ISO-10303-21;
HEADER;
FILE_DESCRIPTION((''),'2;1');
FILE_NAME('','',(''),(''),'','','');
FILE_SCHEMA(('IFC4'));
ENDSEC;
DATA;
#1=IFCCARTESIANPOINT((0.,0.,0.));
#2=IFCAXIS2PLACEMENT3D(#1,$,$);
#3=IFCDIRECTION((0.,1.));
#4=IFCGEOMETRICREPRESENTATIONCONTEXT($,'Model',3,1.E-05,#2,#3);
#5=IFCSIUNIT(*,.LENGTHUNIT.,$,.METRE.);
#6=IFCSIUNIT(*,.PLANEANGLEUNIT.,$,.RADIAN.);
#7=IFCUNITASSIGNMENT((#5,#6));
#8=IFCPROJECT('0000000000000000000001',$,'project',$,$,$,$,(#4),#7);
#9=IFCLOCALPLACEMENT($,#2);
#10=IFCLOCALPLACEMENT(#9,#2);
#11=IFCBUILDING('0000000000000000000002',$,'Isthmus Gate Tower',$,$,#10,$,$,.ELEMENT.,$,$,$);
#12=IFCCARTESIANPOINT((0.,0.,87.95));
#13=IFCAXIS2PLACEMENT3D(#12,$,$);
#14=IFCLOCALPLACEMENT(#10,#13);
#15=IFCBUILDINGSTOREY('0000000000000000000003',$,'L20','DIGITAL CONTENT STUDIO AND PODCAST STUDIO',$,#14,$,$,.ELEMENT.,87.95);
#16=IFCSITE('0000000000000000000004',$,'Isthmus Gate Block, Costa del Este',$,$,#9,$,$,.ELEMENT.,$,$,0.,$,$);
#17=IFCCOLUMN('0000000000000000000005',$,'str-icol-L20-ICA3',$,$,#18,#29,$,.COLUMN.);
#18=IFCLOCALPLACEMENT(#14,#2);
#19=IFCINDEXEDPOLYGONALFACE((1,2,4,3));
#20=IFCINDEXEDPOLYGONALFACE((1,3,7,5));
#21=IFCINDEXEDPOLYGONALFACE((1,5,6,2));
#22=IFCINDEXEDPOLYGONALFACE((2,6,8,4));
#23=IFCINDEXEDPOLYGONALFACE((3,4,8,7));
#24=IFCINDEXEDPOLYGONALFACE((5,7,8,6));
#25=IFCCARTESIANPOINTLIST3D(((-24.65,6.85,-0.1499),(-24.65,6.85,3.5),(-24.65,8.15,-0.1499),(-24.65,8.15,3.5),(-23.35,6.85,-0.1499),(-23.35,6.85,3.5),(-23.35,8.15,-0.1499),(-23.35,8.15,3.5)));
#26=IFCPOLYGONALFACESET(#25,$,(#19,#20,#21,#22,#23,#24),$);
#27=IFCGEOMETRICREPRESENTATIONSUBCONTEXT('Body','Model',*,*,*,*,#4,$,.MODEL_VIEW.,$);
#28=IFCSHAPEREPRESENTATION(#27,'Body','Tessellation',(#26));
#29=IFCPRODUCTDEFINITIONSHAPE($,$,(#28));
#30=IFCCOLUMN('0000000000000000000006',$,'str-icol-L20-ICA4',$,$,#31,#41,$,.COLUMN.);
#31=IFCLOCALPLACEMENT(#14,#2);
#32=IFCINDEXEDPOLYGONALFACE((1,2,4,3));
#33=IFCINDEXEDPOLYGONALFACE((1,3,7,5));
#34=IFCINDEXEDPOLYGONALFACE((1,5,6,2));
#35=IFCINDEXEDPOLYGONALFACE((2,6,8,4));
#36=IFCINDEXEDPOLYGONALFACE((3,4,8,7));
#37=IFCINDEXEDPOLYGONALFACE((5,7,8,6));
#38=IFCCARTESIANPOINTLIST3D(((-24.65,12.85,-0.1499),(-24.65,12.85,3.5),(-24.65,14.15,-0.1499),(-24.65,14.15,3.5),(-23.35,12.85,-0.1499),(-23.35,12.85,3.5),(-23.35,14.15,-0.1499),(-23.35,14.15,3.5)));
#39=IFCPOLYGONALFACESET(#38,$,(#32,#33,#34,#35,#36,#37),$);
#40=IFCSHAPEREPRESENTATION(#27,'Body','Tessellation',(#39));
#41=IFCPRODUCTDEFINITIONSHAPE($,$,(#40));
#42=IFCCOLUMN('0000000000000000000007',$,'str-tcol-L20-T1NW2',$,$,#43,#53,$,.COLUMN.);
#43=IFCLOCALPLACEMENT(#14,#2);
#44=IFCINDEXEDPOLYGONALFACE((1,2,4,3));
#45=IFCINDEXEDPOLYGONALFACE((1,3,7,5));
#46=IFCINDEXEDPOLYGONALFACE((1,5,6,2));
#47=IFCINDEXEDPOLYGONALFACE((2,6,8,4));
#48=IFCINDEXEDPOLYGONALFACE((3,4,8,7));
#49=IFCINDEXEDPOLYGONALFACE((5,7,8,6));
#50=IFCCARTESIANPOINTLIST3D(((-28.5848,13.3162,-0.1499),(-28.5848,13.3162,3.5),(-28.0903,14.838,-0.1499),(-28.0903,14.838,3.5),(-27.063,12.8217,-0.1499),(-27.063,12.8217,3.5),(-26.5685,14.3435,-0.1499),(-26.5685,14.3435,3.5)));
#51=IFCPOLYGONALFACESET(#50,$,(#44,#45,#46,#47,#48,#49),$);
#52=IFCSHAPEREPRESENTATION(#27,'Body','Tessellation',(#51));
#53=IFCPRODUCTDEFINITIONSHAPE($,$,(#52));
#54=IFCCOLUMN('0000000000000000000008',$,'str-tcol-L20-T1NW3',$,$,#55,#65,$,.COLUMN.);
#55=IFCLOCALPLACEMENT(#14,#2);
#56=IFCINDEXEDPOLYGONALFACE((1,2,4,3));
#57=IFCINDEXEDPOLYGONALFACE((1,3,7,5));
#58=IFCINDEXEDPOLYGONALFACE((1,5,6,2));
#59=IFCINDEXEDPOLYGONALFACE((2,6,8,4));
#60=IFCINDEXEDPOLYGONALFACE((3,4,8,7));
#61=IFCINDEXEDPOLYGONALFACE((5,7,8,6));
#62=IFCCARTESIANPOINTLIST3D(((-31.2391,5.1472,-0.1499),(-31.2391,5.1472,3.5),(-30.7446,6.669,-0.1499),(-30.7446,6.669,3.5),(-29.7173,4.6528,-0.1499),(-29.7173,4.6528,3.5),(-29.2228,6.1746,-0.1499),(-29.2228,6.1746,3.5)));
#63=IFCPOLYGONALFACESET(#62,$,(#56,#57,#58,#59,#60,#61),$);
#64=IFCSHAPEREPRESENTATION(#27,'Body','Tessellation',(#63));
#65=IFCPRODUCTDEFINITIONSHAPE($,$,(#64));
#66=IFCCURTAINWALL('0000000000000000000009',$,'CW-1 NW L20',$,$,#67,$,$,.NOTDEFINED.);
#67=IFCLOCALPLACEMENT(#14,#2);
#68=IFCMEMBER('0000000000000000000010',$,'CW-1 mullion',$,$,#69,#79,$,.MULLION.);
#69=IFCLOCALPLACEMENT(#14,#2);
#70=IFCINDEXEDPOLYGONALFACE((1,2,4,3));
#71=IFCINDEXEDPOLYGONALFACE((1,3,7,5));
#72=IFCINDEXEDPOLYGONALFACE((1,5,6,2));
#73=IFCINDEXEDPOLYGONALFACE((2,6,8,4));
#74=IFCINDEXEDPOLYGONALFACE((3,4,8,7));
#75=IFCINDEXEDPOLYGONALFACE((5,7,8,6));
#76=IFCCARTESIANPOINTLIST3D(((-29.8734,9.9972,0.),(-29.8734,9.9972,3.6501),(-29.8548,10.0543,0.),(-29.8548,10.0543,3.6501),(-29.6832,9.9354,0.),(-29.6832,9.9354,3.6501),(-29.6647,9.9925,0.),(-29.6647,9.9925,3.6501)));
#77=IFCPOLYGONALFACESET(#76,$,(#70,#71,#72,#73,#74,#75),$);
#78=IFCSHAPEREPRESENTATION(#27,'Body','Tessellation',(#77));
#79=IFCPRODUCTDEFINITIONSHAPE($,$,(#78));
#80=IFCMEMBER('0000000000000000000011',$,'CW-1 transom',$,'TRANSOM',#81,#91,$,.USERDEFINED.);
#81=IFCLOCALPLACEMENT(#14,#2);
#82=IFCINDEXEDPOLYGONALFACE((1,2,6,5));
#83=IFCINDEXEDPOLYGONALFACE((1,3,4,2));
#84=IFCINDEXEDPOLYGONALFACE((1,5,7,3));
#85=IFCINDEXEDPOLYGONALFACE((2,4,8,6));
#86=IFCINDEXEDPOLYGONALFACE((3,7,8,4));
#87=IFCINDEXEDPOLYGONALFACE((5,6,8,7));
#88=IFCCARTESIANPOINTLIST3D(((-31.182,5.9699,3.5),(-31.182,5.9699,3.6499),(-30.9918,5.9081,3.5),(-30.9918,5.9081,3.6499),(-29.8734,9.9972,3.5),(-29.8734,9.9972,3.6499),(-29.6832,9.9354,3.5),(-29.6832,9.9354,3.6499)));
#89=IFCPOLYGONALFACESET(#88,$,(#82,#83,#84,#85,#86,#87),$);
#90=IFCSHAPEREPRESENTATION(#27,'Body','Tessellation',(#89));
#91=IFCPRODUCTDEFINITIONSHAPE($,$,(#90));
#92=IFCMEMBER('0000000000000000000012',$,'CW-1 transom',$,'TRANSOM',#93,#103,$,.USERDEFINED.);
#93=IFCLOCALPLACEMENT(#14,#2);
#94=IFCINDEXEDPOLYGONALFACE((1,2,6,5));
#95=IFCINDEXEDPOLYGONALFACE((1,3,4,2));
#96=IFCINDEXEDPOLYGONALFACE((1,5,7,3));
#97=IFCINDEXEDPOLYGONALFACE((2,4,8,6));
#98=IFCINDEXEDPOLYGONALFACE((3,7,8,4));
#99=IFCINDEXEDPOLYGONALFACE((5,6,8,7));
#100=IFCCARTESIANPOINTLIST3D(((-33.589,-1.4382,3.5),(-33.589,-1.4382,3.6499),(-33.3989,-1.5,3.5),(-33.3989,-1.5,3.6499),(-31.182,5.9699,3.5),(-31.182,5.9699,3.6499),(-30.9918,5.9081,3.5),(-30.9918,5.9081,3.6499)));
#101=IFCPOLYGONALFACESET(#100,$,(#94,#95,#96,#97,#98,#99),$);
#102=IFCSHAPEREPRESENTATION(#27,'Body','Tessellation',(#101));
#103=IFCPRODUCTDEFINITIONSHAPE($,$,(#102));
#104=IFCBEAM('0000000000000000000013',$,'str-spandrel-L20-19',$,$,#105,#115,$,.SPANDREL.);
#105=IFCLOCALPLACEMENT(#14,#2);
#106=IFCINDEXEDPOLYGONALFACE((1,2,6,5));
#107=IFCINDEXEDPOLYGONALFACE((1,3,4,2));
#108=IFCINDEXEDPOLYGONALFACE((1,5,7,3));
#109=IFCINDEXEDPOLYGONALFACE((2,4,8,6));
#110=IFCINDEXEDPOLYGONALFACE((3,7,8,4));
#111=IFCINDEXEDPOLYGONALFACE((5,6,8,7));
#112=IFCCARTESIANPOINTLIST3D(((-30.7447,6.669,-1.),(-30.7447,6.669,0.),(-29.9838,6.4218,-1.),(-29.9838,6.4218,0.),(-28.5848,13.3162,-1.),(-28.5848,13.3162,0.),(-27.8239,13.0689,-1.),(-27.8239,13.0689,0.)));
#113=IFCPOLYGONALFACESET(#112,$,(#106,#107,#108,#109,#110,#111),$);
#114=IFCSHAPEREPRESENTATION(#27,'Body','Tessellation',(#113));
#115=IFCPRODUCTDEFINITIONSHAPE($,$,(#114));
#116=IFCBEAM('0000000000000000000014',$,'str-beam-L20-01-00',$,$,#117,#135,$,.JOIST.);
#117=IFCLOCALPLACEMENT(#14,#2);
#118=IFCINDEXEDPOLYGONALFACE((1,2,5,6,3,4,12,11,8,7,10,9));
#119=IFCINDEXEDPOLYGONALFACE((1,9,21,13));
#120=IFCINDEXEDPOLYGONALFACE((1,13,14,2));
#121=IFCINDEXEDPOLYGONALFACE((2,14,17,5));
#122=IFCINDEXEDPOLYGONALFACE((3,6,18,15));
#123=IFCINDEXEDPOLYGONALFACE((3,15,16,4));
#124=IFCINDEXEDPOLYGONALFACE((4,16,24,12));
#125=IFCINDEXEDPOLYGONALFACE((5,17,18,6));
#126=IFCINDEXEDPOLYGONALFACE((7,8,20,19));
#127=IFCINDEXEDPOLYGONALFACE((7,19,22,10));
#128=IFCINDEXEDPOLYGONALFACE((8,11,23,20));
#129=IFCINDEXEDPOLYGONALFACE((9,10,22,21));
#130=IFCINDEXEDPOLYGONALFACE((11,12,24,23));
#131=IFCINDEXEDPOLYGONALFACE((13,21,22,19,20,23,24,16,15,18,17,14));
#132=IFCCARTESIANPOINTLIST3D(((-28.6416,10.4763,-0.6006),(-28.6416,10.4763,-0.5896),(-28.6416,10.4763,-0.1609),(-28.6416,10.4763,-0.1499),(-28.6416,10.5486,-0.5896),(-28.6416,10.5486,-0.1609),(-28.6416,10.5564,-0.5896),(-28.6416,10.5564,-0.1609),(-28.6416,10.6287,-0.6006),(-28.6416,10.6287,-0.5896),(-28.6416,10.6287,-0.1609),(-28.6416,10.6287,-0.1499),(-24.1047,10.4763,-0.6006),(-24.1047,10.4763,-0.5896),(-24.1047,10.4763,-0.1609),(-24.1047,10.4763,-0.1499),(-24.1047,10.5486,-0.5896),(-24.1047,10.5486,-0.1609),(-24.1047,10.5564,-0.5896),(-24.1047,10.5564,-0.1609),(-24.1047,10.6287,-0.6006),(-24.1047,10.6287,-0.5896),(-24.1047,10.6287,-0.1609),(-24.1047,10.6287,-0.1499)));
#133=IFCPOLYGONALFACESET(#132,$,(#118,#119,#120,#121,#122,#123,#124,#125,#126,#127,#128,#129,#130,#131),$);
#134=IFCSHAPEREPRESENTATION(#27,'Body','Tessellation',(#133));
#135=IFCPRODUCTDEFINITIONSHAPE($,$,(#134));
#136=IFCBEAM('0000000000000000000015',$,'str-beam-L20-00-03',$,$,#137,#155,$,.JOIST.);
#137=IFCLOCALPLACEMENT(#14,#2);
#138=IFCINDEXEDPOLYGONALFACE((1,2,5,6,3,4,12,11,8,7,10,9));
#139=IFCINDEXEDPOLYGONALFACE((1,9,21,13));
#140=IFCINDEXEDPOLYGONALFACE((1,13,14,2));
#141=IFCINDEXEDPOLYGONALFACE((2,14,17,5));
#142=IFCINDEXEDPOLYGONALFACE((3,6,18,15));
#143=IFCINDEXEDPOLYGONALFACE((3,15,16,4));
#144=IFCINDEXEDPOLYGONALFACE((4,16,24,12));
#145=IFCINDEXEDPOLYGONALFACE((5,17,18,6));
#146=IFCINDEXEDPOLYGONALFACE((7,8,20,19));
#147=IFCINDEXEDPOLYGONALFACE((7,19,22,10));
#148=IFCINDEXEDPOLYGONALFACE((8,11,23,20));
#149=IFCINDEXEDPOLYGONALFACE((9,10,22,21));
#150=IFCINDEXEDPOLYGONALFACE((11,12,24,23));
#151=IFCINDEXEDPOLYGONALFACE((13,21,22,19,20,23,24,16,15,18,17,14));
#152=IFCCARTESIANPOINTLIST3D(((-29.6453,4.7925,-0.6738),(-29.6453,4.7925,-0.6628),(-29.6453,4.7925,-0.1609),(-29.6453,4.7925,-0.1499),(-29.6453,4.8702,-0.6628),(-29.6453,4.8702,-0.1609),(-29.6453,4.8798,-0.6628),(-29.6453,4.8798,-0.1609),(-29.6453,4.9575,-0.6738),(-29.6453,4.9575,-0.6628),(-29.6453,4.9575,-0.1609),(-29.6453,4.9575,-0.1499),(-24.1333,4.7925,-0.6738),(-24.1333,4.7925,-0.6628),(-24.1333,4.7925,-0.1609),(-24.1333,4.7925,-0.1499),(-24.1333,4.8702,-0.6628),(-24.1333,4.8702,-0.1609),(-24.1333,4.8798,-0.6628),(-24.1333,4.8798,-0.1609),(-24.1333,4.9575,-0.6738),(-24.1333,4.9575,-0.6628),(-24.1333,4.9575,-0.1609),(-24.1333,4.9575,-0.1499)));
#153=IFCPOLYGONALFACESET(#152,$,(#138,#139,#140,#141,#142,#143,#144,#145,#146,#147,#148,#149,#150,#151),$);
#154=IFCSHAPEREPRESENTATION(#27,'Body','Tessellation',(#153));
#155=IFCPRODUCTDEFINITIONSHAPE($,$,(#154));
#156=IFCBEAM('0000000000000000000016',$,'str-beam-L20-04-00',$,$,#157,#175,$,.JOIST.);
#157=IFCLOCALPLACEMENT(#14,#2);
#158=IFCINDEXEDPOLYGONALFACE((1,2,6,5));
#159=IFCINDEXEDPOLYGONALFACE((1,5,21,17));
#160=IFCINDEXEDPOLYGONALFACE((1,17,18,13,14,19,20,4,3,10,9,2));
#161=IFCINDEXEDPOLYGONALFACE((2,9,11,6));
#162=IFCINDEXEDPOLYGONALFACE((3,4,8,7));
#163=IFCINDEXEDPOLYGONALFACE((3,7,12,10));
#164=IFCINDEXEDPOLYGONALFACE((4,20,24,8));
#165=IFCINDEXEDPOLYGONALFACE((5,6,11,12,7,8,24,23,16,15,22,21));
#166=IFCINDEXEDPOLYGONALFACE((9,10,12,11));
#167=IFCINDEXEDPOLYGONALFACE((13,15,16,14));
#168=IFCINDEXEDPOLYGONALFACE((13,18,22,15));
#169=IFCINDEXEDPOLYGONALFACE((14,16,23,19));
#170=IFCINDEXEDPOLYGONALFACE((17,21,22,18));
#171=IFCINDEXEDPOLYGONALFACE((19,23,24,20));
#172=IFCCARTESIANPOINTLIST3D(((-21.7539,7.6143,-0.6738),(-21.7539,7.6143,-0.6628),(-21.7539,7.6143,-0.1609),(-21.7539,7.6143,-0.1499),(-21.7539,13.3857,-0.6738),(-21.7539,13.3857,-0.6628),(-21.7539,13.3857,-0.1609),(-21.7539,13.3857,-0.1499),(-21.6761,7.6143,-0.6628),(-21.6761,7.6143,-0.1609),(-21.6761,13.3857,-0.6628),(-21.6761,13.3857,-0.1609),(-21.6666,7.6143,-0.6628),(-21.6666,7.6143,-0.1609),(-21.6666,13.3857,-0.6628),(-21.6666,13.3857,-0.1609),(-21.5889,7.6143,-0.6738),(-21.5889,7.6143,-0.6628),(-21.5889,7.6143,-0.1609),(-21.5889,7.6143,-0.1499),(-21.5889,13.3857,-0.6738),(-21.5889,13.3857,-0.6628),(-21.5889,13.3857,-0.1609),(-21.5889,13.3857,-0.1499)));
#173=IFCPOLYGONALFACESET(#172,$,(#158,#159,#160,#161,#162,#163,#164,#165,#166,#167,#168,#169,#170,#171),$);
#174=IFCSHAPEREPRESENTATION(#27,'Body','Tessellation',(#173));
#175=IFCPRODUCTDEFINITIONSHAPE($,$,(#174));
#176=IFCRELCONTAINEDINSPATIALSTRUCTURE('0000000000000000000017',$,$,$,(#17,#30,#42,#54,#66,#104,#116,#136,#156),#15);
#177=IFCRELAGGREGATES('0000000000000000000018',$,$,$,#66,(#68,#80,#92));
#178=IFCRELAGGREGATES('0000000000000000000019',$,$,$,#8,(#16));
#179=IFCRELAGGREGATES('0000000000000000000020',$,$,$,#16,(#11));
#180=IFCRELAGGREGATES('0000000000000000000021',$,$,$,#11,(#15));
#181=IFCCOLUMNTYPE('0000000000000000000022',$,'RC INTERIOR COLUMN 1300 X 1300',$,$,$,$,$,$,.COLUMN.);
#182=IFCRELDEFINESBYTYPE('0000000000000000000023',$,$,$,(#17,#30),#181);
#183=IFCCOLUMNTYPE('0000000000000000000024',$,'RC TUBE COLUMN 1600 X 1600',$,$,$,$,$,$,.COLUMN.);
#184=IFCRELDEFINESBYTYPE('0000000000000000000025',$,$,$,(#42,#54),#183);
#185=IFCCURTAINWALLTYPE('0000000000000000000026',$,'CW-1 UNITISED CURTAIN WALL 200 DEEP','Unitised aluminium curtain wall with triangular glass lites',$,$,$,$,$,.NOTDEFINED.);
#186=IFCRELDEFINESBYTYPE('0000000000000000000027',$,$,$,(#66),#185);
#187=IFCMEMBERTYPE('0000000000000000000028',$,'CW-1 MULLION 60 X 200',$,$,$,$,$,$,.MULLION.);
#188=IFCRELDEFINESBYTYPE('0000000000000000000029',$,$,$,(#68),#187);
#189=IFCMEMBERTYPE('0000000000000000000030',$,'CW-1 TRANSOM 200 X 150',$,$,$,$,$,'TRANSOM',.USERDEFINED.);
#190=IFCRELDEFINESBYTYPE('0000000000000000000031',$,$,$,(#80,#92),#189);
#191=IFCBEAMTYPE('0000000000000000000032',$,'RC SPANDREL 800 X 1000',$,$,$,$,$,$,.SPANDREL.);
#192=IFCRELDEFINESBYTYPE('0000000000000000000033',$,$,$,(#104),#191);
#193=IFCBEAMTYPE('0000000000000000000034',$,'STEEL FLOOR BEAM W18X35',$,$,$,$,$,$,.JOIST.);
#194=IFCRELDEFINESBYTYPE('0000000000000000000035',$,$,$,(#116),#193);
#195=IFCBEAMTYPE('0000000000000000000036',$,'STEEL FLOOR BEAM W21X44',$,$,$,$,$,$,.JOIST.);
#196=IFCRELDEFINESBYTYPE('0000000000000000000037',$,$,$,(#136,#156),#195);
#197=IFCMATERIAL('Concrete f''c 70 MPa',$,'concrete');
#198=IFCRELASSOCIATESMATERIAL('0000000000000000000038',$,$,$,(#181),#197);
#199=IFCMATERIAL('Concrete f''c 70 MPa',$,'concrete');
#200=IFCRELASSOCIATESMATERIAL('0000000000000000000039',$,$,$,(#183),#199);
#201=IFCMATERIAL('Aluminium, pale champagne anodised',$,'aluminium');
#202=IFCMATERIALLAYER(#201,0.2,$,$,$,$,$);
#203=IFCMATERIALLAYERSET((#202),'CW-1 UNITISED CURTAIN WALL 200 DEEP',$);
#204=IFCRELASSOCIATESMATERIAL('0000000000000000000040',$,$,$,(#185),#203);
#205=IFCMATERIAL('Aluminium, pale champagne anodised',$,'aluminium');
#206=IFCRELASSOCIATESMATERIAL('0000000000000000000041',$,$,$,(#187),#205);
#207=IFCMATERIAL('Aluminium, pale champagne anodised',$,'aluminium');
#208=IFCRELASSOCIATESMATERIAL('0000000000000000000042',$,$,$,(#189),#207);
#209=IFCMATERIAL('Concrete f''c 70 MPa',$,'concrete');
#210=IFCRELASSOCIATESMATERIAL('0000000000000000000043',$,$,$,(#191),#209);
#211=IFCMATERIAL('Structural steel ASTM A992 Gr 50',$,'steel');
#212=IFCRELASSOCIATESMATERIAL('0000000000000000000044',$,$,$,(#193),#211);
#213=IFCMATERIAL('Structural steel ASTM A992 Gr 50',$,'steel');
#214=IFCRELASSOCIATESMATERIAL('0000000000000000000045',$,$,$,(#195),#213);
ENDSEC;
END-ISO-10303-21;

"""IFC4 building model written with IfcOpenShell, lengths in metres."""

from ifc_helpers import new_model, si_unit, direction, frame, origin, origin_2d, place, context, subcontext, project, spatial, rectangle, i_section, extrude, material, layer, layer_set, material_profile, profile_set, type_object, element, aggregate, save


model = new_model("IFC4")

# Units and contexts
model_context = context("Model", 3, precision=1e-05, world=origin(), true_north=direction((0.0, 1.0)))
body_context = subcontext(model_context, "Body", "Model", "MODEL_VIEW")
ifc_project = project(units=[si_unit("LENGTHUNIT", "METRE"), si_unit("PLANEANGLEUNIT", "RADIAN")], contexts=[model_context])

# Site, building, storey
site_placement = place(None, origin())
site = spatial("IfcSite", under=ifc_project, at=site_placement, Name="Isthmus Gate Block, Costa del Este", CompositionType="ELEMENT", RefElevation=0.0)
building_placement = place(site_placement, origin())
building = spatial("IfcBuilding", under=site, at=building_placement, Name="Isthmus Gate Tower", CompositionType="ELEMENT")
storey_placement = place(building_placement, frame((0.0, 0.0, 87.95)))
storey = spatial("IfcBuildingStorey", under=building, at=storey_placement, Name="L20", Description="DIGITAL CONTENT STUDIO AND PODCAST STUDIO", CompositionType="ELEMENT", Elevation=87.95)

# Columns
ifc_material_1 = material(Name="Concrete f'c 70 MPa", Category="concrete")
ifc_material_profile_1 = material_profile(ifc_material_1, rectangle(XDim=1.3, YDim=1.3, at=origin_2d()), Name="RC 1300X1300")
ifc_profile_set_1 = profile_set([ifc_material_profile_1], Name="Concrete f'c 70 MPa")
column_type_1 = type_object("IfcColumnType", Name="RC INTERIOR COLUMN 1300 X 1300", PredefinedType="COLUMN", material=ifc_profile_set_1)
for number, where, z_axis, x_axis, name in (
    (1, (-24.0, 7.5, -0.1499), (0.0, 0.0, 1.0), (1.0, 0.0, 0.0), "str-icol-L20-ICA3"),
    (2, (-24.0, 13.5, -0.1499), (0.0, 0.0, 1.0), (1.0, 0.0, 0.0), "str-icol-L20-ICA4"),
):
    element("IfcColumn", number, at=place(storey_placement, frame(where, z_axis=z_axis, x_axis=x_axis)), inside=storey, type_object=column_type_1, Name=name, PredefinedType="COLUMN", context=body_context, shape_type="SweptSolid", body=[
        extrude(rectangle(XDim=1.3, YDim=1.3, at=origin_2d()), origin(), (0.0, 0.0, 1.0), 3.6499),
    ])
ifc_material_2 = material(Name="Concrete f'c 70 MPa", Category="concrete")
ifc_material_profile_2 = material_profile(ifc_material_2, rectangle(XDim=1.6001, YDim=1.6001, at=origin_2d()), Name="RC 1600X1600")
ifc_profile_set_2 = profile_set([ifc_material_profile_2], Name="Concrete f'c 70 MPa")
column_type_2 = type_object("IfcColumnType", Name="RC TUBE COLUMN 1600 X 1600", PredefinedType="COLUMN", material=ifc_profile_set_2)
for number, where, z_axis, x_axis, name in (
    (3, (-27.5767, 13.8298, -0.1499), (0.0, 0.0, 1.0), (-0.309017, -0.951057, 0.0), "str-tcol-L20-T1NW2"),
    (4, (-30.231, 5.6609, -0.1499), (0.0, 0.0, 1.0), (-0.309017, -0.951057, 0.0), "str-tcol-L20-T1NW3"),
):
    element("IfcColumn", number, at=place(storey_placement, frame(where, z_axis=z_axis, x_axis=x_axis)), inside=storey, type_object=column_type_2, Name=name, PredefinedType="COLUMN", context=body_context, shape_type="SweptSolid", body=[
        extrude(rectangle(XDim=1.6001, YDim=1.6001, at=origin_2d()), origin(), (0.0, 0.0, 1.0), 3.6499),
    ])

# Curtain wall, members
ifc_material_3 = material(Name="Aluminium, pale champagne anodised", Category="aluminium")
ifc_layer_1 = layer(ifc_material_3, 0.2)
ifc_layer_set_1 = layer_set([ifc_layer_1], Name="CW-1 UNITISED CURTAIN WALL 200 DEEP")
curtain_wall_type = type_object("IfcCurtainWallType", Name="CW-1 UNITISED CURTAIN WALL 200 DEEP", Description="Unitised aluminium curtain wall with triangular glass lites", PredefinedType="NOTDEFINED", material=ifc_layer_set_1)
curtain_wall_placement = place(storey_placement, origin())
curtain_wall = element("IfcCurtainWall", 5, at=curtain_wall_placement, inside=storey, type_object=curtain_wall_type, Name="CW-1 NW L20", PredefinedType="NOTDEFINED")
ifc_material_4 = material(Name="Aluminium, pale champagne anodised", Category="aluminium")
ifc_material_profile_3 = material_profile(ifc_material_4, rectangle(XDim=0.0601, YDim=0.2, at=origin_2d()), Name="60x200")
ifc_profile_set_3 = profile_set([ifc_material_profile_3], Name="Aluminium, pale champagne anodised")
member_type_1 = type_object("IfcMemberType", Name="CW-1 MULLION 60 X 200", PredefinedType="MULLION", material=ifc_profile_set_3)
member_1_placement = place(storey_placement, frame((-29.769, 9.9949, 0.0), z_axis=(0.0, 0.0, 1.0), x_axis=(-0.309017, -0.951057, 0.0)))
member_1 = element("IfcMember", 6, at=member_1_placement, type_object=member_type_1, Name="CW-1 mullion", PredefinedType="MULLION", context=body_context, shape_type="SweptSolid", body=[
    extrude(rectangle(XDim=0.0601, YDim=0.2, at=origin_2d()), origin(), (0.0, 0.0, 1.0), 3.6501),
])
ifc_material_5 = material(Name="Aluminium, pale champagne anodised", Category="aluminium")
ifc_material_profile_4 = material_profile(ifc_material_5, rectangle(XDim=0.2, YDim=0.1499, at=origin_2d()), Name="200x150")
ifc_profile_set_4 = profile_set([ifc_material_profile_4], Name="Aluminium, pale champagne anodised")
member_type_2 = type_object("IfcMemberType", Name="CW-1 TRANSOM 200 X 150", ElementType="TRANSOM", PredefinedType="USERDEFINED", material=ifc_profile_set_4)
member_2_placement = place(storey_placement, frame((-29.7783, 9.9663, 3.575), z_axis=(-0.309023, -0.951054, 0.0), x_axis=(0.951054, -0.309023, 0.0)))
member_2 = element("IfcMember", 7, at=member_2_placement, type_object=member_type_2, Name="CW-1 transom", ObjectType="TRANSOM", PredefinedType="USERDEFINED", context=body_context, shape_type="SweptSolid", body=[
    extrude(rectangle(XDim=0.2, YDim=0.1499, at=origin_2d()), origin(), (0.0, 0.0, 1.0), 4.2346),
])
member_3_placement = place(storey_placement, frame((-31.0869, 5.939, 3.575), z_axis=(-0.309016, -0.951057, 0.0), x_axis=(0.951057, -0.309016, 0.0)))
member_3 = element("IfcMember", 8, at=member_3_placement, type_object=member_type_2, Name="CW-1 transom", ObjectType="TRANSOM", PredefinedType="USERDEFINED", context=body_context, shape_type="SweptSolid", body=[
    extrude(rectangle(XDim=0.2, YDim=0.1499, at=origin_2d()), origin(), (0.0, 0.0, 1.0), 7.7893),
])

# Beams
ifc_material_6 = material(Name="Concrete f'c 70 MPa", Category="concrete")
ifc_material_profile_5 = material_profile(ifc_material_6, rectangle(XDim=0.8, YDim=1.0, at=origin_2d()), Name="RC 800X1000")
ifc_profile_set_5 = profile_set([ifc_material_profile_5], Name="Concrete f'c 70 MPa")
beam_type_1 = type_object("IfcBeamType", Name="RC SPANDREL 800 X 1000", PredefinedType="SPANDREL", material=ifc_profile_set_5)
beam_1_placement = place(storey_placement, frame((-30.3643, 6.5454, -0.5), z_axis=(0.30903, 0.951052, 0.0), x_axis=(-0.951052, 0.30903, 0.0)))
element("IfcBeam", 9, at=beam_1_placement, inside=storey, type_object=beam_type_1, Name="str-spandrel-L20-19", PredefinedType="SPANDREL", context=body_context, shape_type="SweptSolid", body=[
    extrude(rectangle(XDim=0.8, YDim=1.0, at=origin_2d()), origin(), (0.0, 0.0, 1.0), 6.9893),
])
ifc_material_7 = material(Name="Structural steel ASTM A992 Gr 50", Category="steel")
ifc_material_profile_6 = material_profile(ifc_material_7, i_section(OverallWidth=0.1523, OverallDepth=0.4507, WebThickness=0.0078, FlangeThickness=0.011, at=origin_2d()), Name="W18X35")
ifc_profile_set_6 = profile_set([ifc_material_profile_6], Name="Structural steel ASTM A992 Gr 50")
beam_type_2 = type_object("IfcBeamType", Name="STEEL FLOOR BEAM W18X35", PredefinedType="JOIST", material=ifc_profile_set_6)
beam_2_placement = place(storey_placement, frame((-28.6416, 10.5525, -0.3752), z_axis=(1.0, 0.0, 0.0), x_axis=(0.0, 1.0, 0.0)))
element("IfcBeam", 10, at=beam_2_placement, inside=storey, type_object=beam_type_2, Name="str-beam-L20-01-00", PredefinedType="JOIST", context=body_context, shape_type="SweptSolid", body=[
    extrude(i_section(OverallWidth=0.1523, OverallDepth=0.4507, WebThickness=0.0078, FlangeThickness=0.011, at=origin_2d()), origin(), (0.0, 0.0, 1.0), 4.5369),
])
ifc_material_8 = material(Name="Structural steel ASTM A992 Gr 50", Category="steel")
ifc_material_profile_7 = material_profile(ifc_material_8, i_section(OverallWidth=0.165, OverallDepth=0.5239, WebThickness=0.0095, FlangeThickness=0.011, at=origin_2d()), Name="W21X44")
ifc_profile_set_7 = profile_set([ifc_material_profile_7], Name="Structural steel ASTM A992 Gr 50")
beam_type_3 = type_object("IfcBeamType", Name="STEEL FLOOR BEAM W21X44", PredefinedType="JOIST", material=ifc_profile_set_7)
beam_3_placement = place(storey_placement, frame((-29.6453, 4.875, -0.4119), z_axis=(1.0, 0.0, 0.0), x_axis=(0.0, 1.0, 0.0)))
element("IfcBeam", 11, at=beam_3_placement, inside=storey, type_object=beam_type_3, Name="str-beam-L20-00-03", PredefinedType="JOIST", context=body_context, shape_type="SweptSolid", body=[
    extrude(i_section(OverallWidth=0.165, OverallDepth=0.5239, WebThickness=0.0095, FlangeThickness=0.011, at=origin_2d()), origin(), (0.0, 0.0, 1.0), 5.512),
])
beam_4_placement = place(storey_placement, frame((-21.6714, 7.6143, -0.4119), z_axis=(0.0, 1.0, 0.0), x_axis=(-1.0, 0.0, 0.0)))
element("IfcBeam", 12, at=beam_4_placement, inside=storey, type_object=beam_type_3, Name="str-beam-L20-04-00", PredefinedType="JOIST", context=body_context, shape_type="SweptSolid", body=[
    extrude(i_section(OverallWidth=0.165, OverallDepth=0.5239, WebThickness=0.0095, FlangeThickness=0.011, at=origin_2d()), origin(), (0.0, 0.0, 1.0), 5.7715),
])

aggregate(curtain_wall, [member_1, member_2, member_3])

save(model, "model.ifc")
